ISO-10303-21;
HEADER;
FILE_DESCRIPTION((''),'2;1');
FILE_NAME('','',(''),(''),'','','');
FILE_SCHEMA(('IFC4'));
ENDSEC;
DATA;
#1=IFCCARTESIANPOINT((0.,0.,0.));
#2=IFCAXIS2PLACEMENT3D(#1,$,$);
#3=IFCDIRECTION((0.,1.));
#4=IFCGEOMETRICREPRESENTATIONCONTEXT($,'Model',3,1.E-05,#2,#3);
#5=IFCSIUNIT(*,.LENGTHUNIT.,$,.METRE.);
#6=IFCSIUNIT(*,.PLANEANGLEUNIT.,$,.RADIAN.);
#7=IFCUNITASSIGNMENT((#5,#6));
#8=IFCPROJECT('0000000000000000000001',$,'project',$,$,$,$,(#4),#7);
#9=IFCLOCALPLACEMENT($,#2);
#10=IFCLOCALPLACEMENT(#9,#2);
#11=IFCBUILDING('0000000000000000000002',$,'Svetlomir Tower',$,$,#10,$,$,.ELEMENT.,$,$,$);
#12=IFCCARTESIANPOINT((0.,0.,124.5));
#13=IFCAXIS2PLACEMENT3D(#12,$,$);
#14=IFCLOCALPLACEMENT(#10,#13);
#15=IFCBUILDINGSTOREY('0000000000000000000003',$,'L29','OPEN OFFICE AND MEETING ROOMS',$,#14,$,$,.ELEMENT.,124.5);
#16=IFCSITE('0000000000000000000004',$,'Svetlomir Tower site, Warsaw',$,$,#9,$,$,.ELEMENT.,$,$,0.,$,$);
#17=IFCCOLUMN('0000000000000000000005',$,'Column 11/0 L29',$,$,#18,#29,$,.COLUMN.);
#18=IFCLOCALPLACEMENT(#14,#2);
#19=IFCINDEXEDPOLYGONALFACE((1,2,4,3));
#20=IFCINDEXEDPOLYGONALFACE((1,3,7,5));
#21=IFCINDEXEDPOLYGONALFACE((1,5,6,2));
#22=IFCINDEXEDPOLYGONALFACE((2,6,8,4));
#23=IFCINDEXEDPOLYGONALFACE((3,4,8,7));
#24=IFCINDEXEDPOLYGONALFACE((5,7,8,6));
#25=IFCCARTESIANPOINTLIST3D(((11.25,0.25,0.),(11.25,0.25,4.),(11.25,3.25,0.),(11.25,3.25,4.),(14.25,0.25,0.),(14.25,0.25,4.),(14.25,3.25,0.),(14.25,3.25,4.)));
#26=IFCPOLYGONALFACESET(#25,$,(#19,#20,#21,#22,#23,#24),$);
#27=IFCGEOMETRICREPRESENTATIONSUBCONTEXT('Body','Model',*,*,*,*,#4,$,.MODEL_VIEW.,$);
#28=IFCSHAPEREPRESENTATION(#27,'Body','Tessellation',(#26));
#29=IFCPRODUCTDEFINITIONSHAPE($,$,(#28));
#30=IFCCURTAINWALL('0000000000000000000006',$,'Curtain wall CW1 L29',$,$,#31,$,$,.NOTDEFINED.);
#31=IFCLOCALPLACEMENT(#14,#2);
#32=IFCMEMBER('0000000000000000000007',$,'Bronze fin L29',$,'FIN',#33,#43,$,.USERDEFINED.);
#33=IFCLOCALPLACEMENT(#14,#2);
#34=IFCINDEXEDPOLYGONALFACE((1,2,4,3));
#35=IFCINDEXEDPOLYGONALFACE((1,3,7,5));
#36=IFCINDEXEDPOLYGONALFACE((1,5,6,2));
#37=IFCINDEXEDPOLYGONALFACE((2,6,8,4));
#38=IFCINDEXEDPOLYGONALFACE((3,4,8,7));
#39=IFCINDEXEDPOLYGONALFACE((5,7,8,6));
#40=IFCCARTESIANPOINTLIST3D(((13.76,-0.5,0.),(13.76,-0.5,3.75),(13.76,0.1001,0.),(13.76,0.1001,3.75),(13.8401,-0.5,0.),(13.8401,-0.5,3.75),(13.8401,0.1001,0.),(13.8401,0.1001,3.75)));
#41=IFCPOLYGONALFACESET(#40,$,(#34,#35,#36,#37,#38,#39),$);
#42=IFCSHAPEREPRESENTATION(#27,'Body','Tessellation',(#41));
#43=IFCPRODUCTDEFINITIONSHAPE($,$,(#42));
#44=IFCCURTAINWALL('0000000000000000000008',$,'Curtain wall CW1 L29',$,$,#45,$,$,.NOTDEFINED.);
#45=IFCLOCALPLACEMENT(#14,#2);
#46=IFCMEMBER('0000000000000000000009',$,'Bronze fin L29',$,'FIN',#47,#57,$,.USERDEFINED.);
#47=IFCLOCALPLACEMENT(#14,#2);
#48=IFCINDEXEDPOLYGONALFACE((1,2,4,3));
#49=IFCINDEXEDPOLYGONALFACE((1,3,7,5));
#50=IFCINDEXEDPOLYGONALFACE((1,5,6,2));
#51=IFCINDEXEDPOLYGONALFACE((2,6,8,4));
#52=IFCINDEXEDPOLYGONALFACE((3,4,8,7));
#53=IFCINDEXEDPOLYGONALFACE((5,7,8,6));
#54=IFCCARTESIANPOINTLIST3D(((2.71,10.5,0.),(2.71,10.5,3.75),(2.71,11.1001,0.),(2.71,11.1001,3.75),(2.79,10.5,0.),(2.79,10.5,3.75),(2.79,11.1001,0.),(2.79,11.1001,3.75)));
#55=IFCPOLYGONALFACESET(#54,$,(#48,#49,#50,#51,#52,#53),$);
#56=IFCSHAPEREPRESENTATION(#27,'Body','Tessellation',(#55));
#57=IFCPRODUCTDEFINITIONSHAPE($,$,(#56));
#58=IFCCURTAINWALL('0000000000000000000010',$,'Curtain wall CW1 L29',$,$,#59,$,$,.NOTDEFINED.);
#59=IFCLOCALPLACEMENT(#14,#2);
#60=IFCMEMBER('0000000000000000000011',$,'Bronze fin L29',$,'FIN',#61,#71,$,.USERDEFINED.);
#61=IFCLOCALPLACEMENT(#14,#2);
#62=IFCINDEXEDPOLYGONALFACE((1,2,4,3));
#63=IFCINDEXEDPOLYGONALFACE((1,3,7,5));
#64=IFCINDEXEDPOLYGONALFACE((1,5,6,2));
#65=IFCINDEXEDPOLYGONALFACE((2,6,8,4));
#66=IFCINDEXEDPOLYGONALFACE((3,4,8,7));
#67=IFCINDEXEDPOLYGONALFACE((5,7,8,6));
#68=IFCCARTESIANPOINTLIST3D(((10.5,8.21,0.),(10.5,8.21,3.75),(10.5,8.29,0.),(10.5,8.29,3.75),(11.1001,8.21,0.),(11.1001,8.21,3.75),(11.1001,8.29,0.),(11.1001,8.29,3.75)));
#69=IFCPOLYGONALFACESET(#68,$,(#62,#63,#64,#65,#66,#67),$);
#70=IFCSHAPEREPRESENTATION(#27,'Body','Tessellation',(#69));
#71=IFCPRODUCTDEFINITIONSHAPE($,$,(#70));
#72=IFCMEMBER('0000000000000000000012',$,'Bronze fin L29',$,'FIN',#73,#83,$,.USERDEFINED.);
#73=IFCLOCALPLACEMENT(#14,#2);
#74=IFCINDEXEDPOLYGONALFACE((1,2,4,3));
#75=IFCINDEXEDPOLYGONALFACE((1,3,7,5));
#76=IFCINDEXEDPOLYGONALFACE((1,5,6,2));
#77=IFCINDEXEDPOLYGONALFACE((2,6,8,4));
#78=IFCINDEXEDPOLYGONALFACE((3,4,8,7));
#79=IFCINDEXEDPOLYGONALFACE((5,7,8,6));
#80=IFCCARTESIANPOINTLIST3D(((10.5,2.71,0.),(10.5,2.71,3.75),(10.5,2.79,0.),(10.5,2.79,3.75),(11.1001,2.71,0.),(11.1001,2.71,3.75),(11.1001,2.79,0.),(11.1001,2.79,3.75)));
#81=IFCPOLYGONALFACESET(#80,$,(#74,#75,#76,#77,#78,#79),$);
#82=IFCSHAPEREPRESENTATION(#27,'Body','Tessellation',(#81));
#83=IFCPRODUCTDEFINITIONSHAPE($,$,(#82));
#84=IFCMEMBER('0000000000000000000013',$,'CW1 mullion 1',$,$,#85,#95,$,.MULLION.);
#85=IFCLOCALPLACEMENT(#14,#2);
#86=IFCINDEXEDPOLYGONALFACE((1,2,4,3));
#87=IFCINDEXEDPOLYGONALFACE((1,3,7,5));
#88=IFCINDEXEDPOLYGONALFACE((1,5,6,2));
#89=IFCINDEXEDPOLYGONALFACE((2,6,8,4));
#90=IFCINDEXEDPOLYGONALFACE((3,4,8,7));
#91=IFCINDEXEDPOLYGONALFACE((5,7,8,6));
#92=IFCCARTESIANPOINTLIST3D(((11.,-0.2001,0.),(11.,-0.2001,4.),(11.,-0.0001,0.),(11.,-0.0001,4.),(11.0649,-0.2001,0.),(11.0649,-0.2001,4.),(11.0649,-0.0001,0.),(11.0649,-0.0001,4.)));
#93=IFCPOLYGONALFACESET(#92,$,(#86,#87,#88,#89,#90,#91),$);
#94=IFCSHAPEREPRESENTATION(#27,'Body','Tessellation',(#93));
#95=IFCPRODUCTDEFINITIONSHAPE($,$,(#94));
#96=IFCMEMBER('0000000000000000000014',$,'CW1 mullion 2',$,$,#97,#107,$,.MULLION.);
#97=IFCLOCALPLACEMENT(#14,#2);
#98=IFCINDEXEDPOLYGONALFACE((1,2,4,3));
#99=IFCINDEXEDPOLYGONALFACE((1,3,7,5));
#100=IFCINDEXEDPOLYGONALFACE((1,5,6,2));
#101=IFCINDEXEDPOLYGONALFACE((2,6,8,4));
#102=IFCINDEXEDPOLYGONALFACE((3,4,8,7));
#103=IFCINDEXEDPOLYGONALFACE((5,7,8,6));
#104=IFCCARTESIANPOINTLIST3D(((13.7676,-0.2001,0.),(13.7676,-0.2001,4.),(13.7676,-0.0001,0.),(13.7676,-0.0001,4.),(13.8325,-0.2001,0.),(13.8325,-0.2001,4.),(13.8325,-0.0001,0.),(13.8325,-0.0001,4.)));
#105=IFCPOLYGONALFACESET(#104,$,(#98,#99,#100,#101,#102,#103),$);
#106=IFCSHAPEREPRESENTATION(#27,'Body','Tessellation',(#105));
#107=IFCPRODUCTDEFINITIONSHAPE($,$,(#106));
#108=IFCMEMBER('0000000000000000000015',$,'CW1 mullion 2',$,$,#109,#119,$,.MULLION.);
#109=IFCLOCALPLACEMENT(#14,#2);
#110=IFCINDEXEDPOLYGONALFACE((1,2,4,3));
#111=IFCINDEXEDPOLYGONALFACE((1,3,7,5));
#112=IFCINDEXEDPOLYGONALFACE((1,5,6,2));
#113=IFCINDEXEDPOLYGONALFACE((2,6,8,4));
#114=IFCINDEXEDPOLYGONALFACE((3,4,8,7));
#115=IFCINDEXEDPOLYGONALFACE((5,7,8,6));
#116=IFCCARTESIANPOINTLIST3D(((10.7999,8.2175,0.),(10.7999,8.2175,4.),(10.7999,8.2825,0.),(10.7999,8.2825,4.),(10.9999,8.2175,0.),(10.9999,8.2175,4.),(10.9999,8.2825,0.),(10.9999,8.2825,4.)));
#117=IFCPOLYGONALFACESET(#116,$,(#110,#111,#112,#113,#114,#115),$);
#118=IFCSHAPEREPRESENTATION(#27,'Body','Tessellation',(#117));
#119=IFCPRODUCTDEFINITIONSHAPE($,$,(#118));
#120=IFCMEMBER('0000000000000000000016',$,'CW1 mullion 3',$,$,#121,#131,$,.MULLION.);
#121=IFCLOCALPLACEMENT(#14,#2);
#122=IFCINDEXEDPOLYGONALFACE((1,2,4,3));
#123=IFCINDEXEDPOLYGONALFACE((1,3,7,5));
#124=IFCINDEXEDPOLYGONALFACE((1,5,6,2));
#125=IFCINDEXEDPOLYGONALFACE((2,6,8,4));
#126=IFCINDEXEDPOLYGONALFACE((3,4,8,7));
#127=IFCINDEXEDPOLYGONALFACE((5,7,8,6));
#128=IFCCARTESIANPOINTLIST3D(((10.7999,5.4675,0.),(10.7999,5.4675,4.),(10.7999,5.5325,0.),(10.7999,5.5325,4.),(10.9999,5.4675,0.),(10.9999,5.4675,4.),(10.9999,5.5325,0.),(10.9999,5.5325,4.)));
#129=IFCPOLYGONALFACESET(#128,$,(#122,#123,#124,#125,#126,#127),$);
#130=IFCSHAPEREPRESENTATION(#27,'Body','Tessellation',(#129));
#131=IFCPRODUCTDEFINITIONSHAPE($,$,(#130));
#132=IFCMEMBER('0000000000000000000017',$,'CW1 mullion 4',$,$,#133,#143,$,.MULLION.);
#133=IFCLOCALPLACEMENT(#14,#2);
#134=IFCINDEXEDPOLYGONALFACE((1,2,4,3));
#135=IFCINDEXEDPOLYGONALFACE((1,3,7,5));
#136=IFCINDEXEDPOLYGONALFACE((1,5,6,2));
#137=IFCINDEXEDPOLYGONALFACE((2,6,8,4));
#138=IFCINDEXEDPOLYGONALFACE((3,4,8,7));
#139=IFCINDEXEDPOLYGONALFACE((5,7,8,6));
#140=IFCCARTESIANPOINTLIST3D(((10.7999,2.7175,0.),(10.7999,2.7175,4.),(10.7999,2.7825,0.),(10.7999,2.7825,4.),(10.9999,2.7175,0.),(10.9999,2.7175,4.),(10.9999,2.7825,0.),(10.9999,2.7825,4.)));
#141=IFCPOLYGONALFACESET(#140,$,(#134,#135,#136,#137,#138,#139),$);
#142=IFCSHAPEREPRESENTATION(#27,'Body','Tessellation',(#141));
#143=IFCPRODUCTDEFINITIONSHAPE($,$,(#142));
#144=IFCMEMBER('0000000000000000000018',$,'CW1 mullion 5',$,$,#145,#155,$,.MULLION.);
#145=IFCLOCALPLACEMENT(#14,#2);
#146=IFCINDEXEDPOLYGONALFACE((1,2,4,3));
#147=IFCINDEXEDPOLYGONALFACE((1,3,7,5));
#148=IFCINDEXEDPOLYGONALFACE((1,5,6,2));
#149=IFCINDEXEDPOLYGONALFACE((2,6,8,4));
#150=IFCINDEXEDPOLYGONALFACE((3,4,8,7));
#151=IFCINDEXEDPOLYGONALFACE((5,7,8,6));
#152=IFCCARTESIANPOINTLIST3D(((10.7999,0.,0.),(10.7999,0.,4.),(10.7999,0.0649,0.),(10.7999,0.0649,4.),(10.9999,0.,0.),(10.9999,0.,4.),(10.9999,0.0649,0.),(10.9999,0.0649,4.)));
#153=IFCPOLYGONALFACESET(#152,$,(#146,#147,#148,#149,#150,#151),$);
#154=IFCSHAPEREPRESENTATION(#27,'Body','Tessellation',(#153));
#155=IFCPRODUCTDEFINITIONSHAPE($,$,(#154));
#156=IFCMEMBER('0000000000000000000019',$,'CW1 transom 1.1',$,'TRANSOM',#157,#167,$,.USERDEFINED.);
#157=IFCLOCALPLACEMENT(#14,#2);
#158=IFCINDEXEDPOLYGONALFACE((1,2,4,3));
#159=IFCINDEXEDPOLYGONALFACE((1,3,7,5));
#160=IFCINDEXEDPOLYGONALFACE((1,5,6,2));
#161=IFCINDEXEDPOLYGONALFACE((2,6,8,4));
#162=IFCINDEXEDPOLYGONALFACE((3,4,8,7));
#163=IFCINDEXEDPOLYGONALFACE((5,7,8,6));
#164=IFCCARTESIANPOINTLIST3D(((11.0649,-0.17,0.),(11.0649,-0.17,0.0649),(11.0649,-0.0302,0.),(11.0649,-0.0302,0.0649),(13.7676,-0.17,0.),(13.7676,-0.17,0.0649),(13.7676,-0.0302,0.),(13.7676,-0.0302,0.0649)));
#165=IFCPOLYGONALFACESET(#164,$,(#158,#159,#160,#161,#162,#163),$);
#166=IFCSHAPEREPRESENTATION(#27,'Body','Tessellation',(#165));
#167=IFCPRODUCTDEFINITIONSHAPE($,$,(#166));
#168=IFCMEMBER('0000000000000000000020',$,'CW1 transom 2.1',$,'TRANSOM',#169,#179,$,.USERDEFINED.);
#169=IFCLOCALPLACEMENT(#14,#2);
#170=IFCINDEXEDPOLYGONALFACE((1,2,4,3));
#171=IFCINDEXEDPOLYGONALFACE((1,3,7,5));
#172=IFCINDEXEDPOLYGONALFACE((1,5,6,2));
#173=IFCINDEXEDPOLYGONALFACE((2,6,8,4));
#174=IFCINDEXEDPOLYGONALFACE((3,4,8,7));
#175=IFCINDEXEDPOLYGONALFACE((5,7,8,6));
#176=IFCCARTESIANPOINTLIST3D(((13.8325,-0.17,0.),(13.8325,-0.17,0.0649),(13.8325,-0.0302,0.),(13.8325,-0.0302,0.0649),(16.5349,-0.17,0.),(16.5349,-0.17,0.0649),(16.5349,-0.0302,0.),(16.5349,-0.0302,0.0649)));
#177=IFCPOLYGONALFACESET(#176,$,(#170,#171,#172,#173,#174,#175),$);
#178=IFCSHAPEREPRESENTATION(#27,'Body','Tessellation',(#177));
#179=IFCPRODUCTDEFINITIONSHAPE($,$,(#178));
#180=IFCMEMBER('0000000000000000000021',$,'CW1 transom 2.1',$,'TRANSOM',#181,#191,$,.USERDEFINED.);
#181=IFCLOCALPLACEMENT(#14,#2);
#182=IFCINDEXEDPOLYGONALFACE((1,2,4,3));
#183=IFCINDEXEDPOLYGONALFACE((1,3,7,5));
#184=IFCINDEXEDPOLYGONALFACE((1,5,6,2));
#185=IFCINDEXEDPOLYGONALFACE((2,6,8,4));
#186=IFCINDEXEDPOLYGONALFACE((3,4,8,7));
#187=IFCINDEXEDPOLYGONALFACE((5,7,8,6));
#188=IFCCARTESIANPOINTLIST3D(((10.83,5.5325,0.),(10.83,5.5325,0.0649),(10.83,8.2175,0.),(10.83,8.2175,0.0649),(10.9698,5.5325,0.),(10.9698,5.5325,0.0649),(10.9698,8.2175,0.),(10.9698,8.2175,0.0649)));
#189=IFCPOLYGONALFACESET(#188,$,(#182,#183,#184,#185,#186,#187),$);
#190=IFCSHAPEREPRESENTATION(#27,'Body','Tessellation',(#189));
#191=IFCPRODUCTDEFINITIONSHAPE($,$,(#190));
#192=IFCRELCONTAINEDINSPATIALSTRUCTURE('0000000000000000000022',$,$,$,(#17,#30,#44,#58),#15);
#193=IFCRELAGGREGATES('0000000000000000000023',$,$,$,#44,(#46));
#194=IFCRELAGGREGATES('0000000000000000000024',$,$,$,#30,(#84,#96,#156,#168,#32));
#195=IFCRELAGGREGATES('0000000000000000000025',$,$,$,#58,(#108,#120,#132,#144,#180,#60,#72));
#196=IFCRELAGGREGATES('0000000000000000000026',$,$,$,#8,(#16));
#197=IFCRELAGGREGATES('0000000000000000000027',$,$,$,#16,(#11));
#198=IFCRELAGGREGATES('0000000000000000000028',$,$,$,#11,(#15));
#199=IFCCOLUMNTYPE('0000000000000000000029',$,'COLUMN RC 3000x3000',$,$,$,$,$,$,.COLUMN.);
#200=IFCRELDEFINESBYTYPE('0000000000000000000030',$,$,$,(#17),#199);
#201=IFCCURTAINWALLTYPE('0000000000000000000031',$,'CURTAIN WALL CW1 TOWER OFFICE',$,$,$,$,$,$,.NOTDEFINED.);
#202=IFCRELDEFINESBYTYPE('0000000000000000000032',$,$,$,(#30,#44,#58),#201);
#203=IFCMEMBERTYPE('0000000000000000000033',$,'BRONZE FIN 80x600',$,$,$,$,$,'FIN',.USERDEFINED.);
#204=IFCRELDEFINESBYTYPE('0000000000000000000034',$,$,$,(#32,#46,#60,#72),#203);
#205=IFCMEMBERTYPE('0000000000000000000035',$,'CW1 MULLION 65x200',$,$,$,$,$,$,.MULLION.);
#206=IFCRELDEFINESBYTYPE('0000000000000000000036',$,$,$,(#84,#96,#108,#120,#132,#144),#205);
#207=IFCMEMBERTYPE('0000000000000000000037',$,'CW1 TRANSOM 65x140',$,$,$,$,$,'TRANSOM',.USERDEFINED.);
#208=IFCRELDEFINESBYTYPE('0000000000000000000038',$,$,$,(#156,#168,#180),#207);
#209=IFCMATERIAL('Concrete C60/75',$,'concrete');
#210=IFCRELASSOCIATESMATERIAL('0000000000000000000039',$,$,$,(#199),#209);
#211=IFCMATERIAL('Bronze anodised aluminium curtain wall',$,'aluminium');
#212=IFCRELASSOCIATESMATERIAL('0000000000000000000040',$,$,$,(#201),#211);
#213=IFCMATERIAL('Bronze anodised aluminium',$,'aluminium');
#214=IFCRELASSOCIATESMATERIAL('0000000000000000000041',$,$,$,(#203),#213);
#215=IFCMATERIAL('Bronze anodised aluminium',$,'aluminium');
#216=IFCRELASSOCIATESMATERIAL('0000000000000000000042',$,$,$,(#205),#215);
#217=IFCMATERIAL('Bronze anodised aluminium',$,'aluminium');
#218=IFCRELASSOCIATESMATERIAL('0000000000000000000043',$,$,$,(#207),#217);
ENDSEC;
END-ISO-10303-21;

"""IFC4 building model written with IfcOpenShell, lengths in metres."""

from ifc_helpers import new_model, si_unit, direction, frame, origin, origin_2d, place, context, subcontext, project, spatial, rectangle, extrude, material, material_profile, profile_set, type_object, element, aggregate, save


model = new_model("IFC4")

# Units and contexts
model_context = context("Model", 3, precision=1e-05, world=origin(), true_north=direction((0.0, 1.0)))
body_context = subcontext(model_context, "Body", "Model", "MODEL_VIEW")
ifc_project = project(units=[si_unit("LENGTHUNIT", "METRE"), si_unit("PLANEANGLEUNIT", "RADIAN")], contexts=[model_context])

# Site, building, storey
site_placement = place(None, origin())
site = spatial("IfcSite", under=ifc_project, at=site_placement, Name="Svetlomir Tower site, Warsaw", CompositionType="ELEMENT", RefElevation=0.0)
building_placement = place(site_placement, origin())
building = spatial("IfcBuilding", under=site, at=building_placement, Name="Svetlomir Tower", CompositionType="ELEMENT")
storey_placement = place(building_placement, frame((0.0, 0.0, 124.5)))
storey = spatial("IfcBuildingStorey", under=building, at=storey_placement, Name="L29", Description="OPEN OFFICE AND MEETING ROOMS", CompositionType="ELEMENT", Elevation=124.5)

# Column
ifc_material_1 = material(Name="Concrete C60/75", Category="concrete")
ifc_material_profile_1 = material_profile(ifc_material_1, rectangle(XDim=3.0, YDim=3.0, at=origin_2d()), Name="RC 3000x3000")
ifc_profile_set_1 = profile_set([ifc_material_profile_1], Name="Concrete C60/75")
column_type = type_object("IfcColumnType", Name="COLUMN RC 3000x3000", PredefinedType="COLUMN", material=ifc_profile_set_1)
column_placement = place(storey_placement, frame((12.75, 1.75, 0.0), z_axis=(0.0, 0.0, 1.0), x_axis=(1.0, 0.0, 0.0)))
element("IfcColumn", 1, at=column_placement, inside=storey, type_object=column_type, Name="Column 11/0 L29", PredefinedType="COLUMN", context=body_context, shape_type="SweptSolid", body=[
    extrude(rectangle(XDim=3.0, YDim=3.0, at=origin_2d()), origin(), (0.0, 0.0, 1.0), 4.0),
])

# Curtain walls, members
ifc_material_2 = material(Name="Bronze anodised aluminium curtain wall", Category="aluminium")
curtain_wall_type = type_object("IfcCurtainWallType", Name="CURTAIN WALL CW1 TOWER OFFICE", PredefinedType="NOTDEFINED", material=ifc_material_2)
curtain_wall_1_placement = place(storey_placement, origin())
curtain_wall_1 = element("IfcCurtainWall", 2, at=curtain_wall_1_placement, inside=storey, type_object=curtain_wall_type, Name="Curtain wall CW1 L29", PredefinedType="NOTDEFINED")
ifc_material_3 = material(Name="Bronze anodised aluminium", Category="aluminium")
ifc_material_profile_2 = material_profile(ifc_material_3, rectangle(XDim=0.0801, YDim=0.6001, at=origin_2d()), Name="FIN 80x600")
ifc_profile_set_2 = profile_set([ifc_material_profile_2], Name="Bronze anodised aluminium 6063-T6")
member_type_1 = type_object("IfcMemberType", Name="BRONZE FIN 80x600", ElementType="FIN", PredefinedType="USERDEFINED", material=ifc_profile_set_2)
member_1_placement = place(storey_placement, frame((13.8, -0.2, 0.0), z_axis=(0.0, 0.0, 1.0), x_axis=(1.0, 0.0, 0.0)))
member_1 = element("IfcMember", 3, at=member_1_placement, type_object=member_type_1, Name="Bronze fin L29", ObjectType="FIN", PredefinedType="USERDEFINED", context=body_context, shape_type="SweptSolid", body=[
    extrude(rectangle(XDim=0.0801, YDim=0.6001, at=origin_2d()), origin(), (0.0, 0.0, 1.0), 3.75),
])
curtain_wall_2_placement = place(storey_placement, origin())
curtain_wall_2 = element("IfcCurtainWall", 4, at=curtain_wall_2_placement, inside=storey, type_object=curtain_wall_type, Name="Curtain wall CW1 L29", PredefinedType="NOTDEFINED")
member_2_placement = place(storey_placement, frame((2.75, 10.8, 0.0), z_axis=(0.0, 0.0, 1.0), x_axis=(1.0, 0.0, 0.0)))
member_2 = element("IfcMember", 5, at=member_2_placement, type_object=member_type_1, Name="Bronze fin L29", ObjectType="FIN", PredefinedType="USERDEFINED", context=body_context, shape_type="SweptSolid", body=[
    extrude(rectangle(XDim=0.0801, YDim=0.6001, at=origin_2d()), origin(), (0.0, 0.0, 1.0), 3.75),
])
aggregate(curtain_wall_2, [member_2])

# Curtain wall, members
curtain_wall_3_placement = place(storey_placement, origin())
curtain_wall_3 = element("IfcCurtainWall", 6, at=curtain_wall_3_placement, inside=storey, type_object=curtain_wall_type, Name="Curtain wall CW1 L29", PredefinedType="NOTDEFINED")
member_3_placement = place(storey_placement, frame((10.8, 8.25, 0.0), z_axis=(0.0, 0.0, 1.0), x_axis=(0.0, 1.0, 0.0)))
member_3 = element("IfcMember", 7, at=member_3_placement, type_object=member_type_1, Name="Bronze fin L29", ObjectType="FIN", PredefinedType="USERDEFINED", context=body_context, shape_type="SweptSolid", body=[
    extrude(rectangle(XDim=0.0801, YDim=0.6001, at=origin_2d()), origin(), (0.0, 0.0, 1.0), 3.75),
])
member_4_placement = place(storey_placement, frame((10.8, 2.75, 0.0), z_axis=(0.0, 0.0, 1.0), x_axis=(0.0, 1.0, 0.0)))
member_4 = element("IfcMember", 8, at=member_4_placement, type_object=member_type_1, Name="Bronze fin L29", ObjectType="FIN", PredefinedType="USERDEFINED", context=body_context, shape_type="SweptSolid", body=[
    extrude(rectangle(XDim=0.0801, YDim=0.6001, at=origin_2d()), origin(), (0.0, 0.0, 1.0), 3.75),
])

# Members
ifc_material_4 = material(Name="Bronze anodised aluminium", Category="aluminium")
ifc_material_profile_3 = material_profile(ifc_material_4, rectangle(XDim=0.0649, YDim=0.2, at=origin_2d()), Name="AL 65x200")
ifc_profile_set_3 = profile_set([ifc_material_profile_3], Name="Bronze anodised aluminium 6063-T6")
member_type_2 = type_object("IfcMemberType", Name="CW1 MULLION 65x200", PredefinedType="MULLION", material=ifc_profile_set_3)
member_5_placement = place(storey_placement, frame((11.0325, -0.1001, 0.0), z_axis=(0.0, 0.0, 1.0), x_axis=(1.0, 0.0, 0.0)))
member_5 = element("IfcMember", 9, at=member_5_placement, type_object=member_type_2, Name="CW1 mullion 1", PredefinedType="MULLION", context=body_context, shape_type="SweptSolid", body=[
    extrude(rectangle(XDim=0.0649, YDim=0.2, at=origin_2d()), origin(), (0.0, 0.0, 1.0), 4.0),
])
member_6_placement = place(storey_placement, frame((13.8, -0.1001, 0.0), z_axis=(0.0, 0.0, 1.0), x_axis=(1.0, 0.0, 0.0)))
member_6 = element("IfcMember", 10, at=member_6_placement, type_object=member_type_2, Name="CW1 mullion 2", PredefinedType="MULLION", context=body_context, shape_type="SweptSolid", body=[
    extrude(rectangle(XDim=0.0649, YDim=0.2, at=origin_2d()), origin(), (0.0, 0.0, 1.0), 4.0),
])
member_7_placement = place(storey_placement, frame((10.8999, 8.25, 0.0), z_axis=(0.0, 0.0, 1.0), x_axis=(0.0, -1.0, 0.0)))
member_7 = element("IfcMember", 11, at=member_7_placement, type_object=member_type_2, Name="CW1 mullion 2", PredefinedType="MULLION", context=body_context, shape_type="SweptSolid", body=[
    extrude(rectangle(XDim=0.0649, YDim=0.2, at=origin_2d()), origin(), (0.0, 0.0, 1.0), 4.0),
])
member_8_placement = place(storey_placement, frame((10.8999, 5.5, 0.0), z_axis=(0.0, 0.0, 1.0), x_axis=(0.0, -1.0, 0.0)))
member_8 = element("IfcMember", 12, at=member_8_placement, type_object=member_type_2, Name="CW1 mullion 3", PredefinedType="MULLION", context=body_context, shape_type="SweptSolid", body=[
    extrude(rectangle(XDim=0.0649, YDim=0.2, at=origin_2d()), origin(), (0.0, 0.0, 1.0), 4.0),
])
member_9_placement = place(storey_placement, frame((10.8999, 2.75, 0.0), z_axis=(0.0, 0.0, 1.0), x_axis=(0.0, -1.0, 0.0)))
member_9 = element("IfcMember", 13, at=member_9_placement, type_object=member_type_2, Name="CW1 mullion 4", PredefinedType="MULLION", context=body_context, shape_type="SweptSolid", body=[
    extrude(rectangle(XDim=0.0649, YDim=0.2, at=origin_2d()), origin(), (0.0, 0.0, 1.0), 4.0),
])
member_10_placement = place(storey_placement, frame((10.8999, 0.0325, 0.0), z_axis=(0.0, 0.0, 1.0), x_axis=(0.0, -1.0, 0.0)))
member_10 = element("IfcMember", 14, at=member_10_placement, type_object=member_type_2, Name="CW1 mullion 5", PredefinedType="MULLION", context=body_context, shape_type="SweptSolid", body=[
    extrude(rectangle(XDim=0.0649, YDim=0.2, at=origin_2d()), origin(), (0.0, 0.0, 1.0), 4.0),
])
ifc_material_5 = material(Name="Bronze anodised aluminium", Category="aluminium")
ifc_material_profile_4 = material_profile(ifc_material_5, rectangle(XDim=0.1399, YDim=0.0649, at=origin_2d()), Name="AL 140x65")
ifc_profile_set_4 = profile_set([ifc_material_profile_4], Name="Bronze anodised aluminium 6063-T6")
member_type_3 = type_object("IfcMemberType", Name="CW1 TRANSOM 65x140", ElementType="TRANSOM", PredefinedType="USERDEFINED", material=ifc_profile_set_4)
member_11_placement = place(storey_placement, frame((11.0649, -0.1001, 0.0325), z_axis=(1.0, 0.0, 0.0), x_axis=(0.0, 1.0, 0.0)))
member_11 = element("IfcMember", 15, at=member_11_placement, type_object=member_type_3, Name="CW1 transom 1.1", ObjectType="TRANSOM", PredefinedType="USERDEFINED", context=body_context, shape_type="SweptSolid", body=[
    extrude(rectangle(XDim=0.1399, YDim=0.0649, at=origin_2d()), origin(), (0.0, 0.0, 1.0), 2.7026),
])
member_12_placement = place(storey_placement, frame((13.8325, -0.1001, 0.0325), z_axis=(1.0, 0.0, 0.0), x_axis=(0.0, 1.0, 0.0)))
member_12 = element("IfcMember", 16, at=member_12_placement, type_object=member_type_3, Name="CW1 transom 2.1", ObjectType="TRANSOM", PredefinedType="USERDEFINED", context=body_context, shape_type="SweptSolid", body=[
    extrude(rectangle(XDim=0.1399, YDim=0.0649, at=origin_2d()), origin(), (0.0, 0.0, 1.0), 2.7024),
])
member_13_placement = place(storey_placement, frame((10.8999, 8.2175, 0.0325), z_axis=(0.0, -1.0, 0.0), x_axis=(1.0, 0.0, 0.0)))
member_13 = element("IfcMember", 17, at=member_13_placement, type_object=member_type_3, Name="CW1 transom 2.1", ObjectType="TRANSOM", PredefinedType="USERDEFINED", context=body_context, shape_type="SweptSolid", body=[
    extrude(rectangle(XDim=0.1399, YDim=0.0649, at=origin_2d()), origin(), (0.0, 0.0, 1.0), 2.6851),
])

aggregate(curtain_wall_1, [member_5, member_6, member_11, member_12, member_1])
aggregate(curtain_wall_3, [member_7, member_8, member_9, member_10, member_13, member_3, member_4])

save(model, "model.ifc")
